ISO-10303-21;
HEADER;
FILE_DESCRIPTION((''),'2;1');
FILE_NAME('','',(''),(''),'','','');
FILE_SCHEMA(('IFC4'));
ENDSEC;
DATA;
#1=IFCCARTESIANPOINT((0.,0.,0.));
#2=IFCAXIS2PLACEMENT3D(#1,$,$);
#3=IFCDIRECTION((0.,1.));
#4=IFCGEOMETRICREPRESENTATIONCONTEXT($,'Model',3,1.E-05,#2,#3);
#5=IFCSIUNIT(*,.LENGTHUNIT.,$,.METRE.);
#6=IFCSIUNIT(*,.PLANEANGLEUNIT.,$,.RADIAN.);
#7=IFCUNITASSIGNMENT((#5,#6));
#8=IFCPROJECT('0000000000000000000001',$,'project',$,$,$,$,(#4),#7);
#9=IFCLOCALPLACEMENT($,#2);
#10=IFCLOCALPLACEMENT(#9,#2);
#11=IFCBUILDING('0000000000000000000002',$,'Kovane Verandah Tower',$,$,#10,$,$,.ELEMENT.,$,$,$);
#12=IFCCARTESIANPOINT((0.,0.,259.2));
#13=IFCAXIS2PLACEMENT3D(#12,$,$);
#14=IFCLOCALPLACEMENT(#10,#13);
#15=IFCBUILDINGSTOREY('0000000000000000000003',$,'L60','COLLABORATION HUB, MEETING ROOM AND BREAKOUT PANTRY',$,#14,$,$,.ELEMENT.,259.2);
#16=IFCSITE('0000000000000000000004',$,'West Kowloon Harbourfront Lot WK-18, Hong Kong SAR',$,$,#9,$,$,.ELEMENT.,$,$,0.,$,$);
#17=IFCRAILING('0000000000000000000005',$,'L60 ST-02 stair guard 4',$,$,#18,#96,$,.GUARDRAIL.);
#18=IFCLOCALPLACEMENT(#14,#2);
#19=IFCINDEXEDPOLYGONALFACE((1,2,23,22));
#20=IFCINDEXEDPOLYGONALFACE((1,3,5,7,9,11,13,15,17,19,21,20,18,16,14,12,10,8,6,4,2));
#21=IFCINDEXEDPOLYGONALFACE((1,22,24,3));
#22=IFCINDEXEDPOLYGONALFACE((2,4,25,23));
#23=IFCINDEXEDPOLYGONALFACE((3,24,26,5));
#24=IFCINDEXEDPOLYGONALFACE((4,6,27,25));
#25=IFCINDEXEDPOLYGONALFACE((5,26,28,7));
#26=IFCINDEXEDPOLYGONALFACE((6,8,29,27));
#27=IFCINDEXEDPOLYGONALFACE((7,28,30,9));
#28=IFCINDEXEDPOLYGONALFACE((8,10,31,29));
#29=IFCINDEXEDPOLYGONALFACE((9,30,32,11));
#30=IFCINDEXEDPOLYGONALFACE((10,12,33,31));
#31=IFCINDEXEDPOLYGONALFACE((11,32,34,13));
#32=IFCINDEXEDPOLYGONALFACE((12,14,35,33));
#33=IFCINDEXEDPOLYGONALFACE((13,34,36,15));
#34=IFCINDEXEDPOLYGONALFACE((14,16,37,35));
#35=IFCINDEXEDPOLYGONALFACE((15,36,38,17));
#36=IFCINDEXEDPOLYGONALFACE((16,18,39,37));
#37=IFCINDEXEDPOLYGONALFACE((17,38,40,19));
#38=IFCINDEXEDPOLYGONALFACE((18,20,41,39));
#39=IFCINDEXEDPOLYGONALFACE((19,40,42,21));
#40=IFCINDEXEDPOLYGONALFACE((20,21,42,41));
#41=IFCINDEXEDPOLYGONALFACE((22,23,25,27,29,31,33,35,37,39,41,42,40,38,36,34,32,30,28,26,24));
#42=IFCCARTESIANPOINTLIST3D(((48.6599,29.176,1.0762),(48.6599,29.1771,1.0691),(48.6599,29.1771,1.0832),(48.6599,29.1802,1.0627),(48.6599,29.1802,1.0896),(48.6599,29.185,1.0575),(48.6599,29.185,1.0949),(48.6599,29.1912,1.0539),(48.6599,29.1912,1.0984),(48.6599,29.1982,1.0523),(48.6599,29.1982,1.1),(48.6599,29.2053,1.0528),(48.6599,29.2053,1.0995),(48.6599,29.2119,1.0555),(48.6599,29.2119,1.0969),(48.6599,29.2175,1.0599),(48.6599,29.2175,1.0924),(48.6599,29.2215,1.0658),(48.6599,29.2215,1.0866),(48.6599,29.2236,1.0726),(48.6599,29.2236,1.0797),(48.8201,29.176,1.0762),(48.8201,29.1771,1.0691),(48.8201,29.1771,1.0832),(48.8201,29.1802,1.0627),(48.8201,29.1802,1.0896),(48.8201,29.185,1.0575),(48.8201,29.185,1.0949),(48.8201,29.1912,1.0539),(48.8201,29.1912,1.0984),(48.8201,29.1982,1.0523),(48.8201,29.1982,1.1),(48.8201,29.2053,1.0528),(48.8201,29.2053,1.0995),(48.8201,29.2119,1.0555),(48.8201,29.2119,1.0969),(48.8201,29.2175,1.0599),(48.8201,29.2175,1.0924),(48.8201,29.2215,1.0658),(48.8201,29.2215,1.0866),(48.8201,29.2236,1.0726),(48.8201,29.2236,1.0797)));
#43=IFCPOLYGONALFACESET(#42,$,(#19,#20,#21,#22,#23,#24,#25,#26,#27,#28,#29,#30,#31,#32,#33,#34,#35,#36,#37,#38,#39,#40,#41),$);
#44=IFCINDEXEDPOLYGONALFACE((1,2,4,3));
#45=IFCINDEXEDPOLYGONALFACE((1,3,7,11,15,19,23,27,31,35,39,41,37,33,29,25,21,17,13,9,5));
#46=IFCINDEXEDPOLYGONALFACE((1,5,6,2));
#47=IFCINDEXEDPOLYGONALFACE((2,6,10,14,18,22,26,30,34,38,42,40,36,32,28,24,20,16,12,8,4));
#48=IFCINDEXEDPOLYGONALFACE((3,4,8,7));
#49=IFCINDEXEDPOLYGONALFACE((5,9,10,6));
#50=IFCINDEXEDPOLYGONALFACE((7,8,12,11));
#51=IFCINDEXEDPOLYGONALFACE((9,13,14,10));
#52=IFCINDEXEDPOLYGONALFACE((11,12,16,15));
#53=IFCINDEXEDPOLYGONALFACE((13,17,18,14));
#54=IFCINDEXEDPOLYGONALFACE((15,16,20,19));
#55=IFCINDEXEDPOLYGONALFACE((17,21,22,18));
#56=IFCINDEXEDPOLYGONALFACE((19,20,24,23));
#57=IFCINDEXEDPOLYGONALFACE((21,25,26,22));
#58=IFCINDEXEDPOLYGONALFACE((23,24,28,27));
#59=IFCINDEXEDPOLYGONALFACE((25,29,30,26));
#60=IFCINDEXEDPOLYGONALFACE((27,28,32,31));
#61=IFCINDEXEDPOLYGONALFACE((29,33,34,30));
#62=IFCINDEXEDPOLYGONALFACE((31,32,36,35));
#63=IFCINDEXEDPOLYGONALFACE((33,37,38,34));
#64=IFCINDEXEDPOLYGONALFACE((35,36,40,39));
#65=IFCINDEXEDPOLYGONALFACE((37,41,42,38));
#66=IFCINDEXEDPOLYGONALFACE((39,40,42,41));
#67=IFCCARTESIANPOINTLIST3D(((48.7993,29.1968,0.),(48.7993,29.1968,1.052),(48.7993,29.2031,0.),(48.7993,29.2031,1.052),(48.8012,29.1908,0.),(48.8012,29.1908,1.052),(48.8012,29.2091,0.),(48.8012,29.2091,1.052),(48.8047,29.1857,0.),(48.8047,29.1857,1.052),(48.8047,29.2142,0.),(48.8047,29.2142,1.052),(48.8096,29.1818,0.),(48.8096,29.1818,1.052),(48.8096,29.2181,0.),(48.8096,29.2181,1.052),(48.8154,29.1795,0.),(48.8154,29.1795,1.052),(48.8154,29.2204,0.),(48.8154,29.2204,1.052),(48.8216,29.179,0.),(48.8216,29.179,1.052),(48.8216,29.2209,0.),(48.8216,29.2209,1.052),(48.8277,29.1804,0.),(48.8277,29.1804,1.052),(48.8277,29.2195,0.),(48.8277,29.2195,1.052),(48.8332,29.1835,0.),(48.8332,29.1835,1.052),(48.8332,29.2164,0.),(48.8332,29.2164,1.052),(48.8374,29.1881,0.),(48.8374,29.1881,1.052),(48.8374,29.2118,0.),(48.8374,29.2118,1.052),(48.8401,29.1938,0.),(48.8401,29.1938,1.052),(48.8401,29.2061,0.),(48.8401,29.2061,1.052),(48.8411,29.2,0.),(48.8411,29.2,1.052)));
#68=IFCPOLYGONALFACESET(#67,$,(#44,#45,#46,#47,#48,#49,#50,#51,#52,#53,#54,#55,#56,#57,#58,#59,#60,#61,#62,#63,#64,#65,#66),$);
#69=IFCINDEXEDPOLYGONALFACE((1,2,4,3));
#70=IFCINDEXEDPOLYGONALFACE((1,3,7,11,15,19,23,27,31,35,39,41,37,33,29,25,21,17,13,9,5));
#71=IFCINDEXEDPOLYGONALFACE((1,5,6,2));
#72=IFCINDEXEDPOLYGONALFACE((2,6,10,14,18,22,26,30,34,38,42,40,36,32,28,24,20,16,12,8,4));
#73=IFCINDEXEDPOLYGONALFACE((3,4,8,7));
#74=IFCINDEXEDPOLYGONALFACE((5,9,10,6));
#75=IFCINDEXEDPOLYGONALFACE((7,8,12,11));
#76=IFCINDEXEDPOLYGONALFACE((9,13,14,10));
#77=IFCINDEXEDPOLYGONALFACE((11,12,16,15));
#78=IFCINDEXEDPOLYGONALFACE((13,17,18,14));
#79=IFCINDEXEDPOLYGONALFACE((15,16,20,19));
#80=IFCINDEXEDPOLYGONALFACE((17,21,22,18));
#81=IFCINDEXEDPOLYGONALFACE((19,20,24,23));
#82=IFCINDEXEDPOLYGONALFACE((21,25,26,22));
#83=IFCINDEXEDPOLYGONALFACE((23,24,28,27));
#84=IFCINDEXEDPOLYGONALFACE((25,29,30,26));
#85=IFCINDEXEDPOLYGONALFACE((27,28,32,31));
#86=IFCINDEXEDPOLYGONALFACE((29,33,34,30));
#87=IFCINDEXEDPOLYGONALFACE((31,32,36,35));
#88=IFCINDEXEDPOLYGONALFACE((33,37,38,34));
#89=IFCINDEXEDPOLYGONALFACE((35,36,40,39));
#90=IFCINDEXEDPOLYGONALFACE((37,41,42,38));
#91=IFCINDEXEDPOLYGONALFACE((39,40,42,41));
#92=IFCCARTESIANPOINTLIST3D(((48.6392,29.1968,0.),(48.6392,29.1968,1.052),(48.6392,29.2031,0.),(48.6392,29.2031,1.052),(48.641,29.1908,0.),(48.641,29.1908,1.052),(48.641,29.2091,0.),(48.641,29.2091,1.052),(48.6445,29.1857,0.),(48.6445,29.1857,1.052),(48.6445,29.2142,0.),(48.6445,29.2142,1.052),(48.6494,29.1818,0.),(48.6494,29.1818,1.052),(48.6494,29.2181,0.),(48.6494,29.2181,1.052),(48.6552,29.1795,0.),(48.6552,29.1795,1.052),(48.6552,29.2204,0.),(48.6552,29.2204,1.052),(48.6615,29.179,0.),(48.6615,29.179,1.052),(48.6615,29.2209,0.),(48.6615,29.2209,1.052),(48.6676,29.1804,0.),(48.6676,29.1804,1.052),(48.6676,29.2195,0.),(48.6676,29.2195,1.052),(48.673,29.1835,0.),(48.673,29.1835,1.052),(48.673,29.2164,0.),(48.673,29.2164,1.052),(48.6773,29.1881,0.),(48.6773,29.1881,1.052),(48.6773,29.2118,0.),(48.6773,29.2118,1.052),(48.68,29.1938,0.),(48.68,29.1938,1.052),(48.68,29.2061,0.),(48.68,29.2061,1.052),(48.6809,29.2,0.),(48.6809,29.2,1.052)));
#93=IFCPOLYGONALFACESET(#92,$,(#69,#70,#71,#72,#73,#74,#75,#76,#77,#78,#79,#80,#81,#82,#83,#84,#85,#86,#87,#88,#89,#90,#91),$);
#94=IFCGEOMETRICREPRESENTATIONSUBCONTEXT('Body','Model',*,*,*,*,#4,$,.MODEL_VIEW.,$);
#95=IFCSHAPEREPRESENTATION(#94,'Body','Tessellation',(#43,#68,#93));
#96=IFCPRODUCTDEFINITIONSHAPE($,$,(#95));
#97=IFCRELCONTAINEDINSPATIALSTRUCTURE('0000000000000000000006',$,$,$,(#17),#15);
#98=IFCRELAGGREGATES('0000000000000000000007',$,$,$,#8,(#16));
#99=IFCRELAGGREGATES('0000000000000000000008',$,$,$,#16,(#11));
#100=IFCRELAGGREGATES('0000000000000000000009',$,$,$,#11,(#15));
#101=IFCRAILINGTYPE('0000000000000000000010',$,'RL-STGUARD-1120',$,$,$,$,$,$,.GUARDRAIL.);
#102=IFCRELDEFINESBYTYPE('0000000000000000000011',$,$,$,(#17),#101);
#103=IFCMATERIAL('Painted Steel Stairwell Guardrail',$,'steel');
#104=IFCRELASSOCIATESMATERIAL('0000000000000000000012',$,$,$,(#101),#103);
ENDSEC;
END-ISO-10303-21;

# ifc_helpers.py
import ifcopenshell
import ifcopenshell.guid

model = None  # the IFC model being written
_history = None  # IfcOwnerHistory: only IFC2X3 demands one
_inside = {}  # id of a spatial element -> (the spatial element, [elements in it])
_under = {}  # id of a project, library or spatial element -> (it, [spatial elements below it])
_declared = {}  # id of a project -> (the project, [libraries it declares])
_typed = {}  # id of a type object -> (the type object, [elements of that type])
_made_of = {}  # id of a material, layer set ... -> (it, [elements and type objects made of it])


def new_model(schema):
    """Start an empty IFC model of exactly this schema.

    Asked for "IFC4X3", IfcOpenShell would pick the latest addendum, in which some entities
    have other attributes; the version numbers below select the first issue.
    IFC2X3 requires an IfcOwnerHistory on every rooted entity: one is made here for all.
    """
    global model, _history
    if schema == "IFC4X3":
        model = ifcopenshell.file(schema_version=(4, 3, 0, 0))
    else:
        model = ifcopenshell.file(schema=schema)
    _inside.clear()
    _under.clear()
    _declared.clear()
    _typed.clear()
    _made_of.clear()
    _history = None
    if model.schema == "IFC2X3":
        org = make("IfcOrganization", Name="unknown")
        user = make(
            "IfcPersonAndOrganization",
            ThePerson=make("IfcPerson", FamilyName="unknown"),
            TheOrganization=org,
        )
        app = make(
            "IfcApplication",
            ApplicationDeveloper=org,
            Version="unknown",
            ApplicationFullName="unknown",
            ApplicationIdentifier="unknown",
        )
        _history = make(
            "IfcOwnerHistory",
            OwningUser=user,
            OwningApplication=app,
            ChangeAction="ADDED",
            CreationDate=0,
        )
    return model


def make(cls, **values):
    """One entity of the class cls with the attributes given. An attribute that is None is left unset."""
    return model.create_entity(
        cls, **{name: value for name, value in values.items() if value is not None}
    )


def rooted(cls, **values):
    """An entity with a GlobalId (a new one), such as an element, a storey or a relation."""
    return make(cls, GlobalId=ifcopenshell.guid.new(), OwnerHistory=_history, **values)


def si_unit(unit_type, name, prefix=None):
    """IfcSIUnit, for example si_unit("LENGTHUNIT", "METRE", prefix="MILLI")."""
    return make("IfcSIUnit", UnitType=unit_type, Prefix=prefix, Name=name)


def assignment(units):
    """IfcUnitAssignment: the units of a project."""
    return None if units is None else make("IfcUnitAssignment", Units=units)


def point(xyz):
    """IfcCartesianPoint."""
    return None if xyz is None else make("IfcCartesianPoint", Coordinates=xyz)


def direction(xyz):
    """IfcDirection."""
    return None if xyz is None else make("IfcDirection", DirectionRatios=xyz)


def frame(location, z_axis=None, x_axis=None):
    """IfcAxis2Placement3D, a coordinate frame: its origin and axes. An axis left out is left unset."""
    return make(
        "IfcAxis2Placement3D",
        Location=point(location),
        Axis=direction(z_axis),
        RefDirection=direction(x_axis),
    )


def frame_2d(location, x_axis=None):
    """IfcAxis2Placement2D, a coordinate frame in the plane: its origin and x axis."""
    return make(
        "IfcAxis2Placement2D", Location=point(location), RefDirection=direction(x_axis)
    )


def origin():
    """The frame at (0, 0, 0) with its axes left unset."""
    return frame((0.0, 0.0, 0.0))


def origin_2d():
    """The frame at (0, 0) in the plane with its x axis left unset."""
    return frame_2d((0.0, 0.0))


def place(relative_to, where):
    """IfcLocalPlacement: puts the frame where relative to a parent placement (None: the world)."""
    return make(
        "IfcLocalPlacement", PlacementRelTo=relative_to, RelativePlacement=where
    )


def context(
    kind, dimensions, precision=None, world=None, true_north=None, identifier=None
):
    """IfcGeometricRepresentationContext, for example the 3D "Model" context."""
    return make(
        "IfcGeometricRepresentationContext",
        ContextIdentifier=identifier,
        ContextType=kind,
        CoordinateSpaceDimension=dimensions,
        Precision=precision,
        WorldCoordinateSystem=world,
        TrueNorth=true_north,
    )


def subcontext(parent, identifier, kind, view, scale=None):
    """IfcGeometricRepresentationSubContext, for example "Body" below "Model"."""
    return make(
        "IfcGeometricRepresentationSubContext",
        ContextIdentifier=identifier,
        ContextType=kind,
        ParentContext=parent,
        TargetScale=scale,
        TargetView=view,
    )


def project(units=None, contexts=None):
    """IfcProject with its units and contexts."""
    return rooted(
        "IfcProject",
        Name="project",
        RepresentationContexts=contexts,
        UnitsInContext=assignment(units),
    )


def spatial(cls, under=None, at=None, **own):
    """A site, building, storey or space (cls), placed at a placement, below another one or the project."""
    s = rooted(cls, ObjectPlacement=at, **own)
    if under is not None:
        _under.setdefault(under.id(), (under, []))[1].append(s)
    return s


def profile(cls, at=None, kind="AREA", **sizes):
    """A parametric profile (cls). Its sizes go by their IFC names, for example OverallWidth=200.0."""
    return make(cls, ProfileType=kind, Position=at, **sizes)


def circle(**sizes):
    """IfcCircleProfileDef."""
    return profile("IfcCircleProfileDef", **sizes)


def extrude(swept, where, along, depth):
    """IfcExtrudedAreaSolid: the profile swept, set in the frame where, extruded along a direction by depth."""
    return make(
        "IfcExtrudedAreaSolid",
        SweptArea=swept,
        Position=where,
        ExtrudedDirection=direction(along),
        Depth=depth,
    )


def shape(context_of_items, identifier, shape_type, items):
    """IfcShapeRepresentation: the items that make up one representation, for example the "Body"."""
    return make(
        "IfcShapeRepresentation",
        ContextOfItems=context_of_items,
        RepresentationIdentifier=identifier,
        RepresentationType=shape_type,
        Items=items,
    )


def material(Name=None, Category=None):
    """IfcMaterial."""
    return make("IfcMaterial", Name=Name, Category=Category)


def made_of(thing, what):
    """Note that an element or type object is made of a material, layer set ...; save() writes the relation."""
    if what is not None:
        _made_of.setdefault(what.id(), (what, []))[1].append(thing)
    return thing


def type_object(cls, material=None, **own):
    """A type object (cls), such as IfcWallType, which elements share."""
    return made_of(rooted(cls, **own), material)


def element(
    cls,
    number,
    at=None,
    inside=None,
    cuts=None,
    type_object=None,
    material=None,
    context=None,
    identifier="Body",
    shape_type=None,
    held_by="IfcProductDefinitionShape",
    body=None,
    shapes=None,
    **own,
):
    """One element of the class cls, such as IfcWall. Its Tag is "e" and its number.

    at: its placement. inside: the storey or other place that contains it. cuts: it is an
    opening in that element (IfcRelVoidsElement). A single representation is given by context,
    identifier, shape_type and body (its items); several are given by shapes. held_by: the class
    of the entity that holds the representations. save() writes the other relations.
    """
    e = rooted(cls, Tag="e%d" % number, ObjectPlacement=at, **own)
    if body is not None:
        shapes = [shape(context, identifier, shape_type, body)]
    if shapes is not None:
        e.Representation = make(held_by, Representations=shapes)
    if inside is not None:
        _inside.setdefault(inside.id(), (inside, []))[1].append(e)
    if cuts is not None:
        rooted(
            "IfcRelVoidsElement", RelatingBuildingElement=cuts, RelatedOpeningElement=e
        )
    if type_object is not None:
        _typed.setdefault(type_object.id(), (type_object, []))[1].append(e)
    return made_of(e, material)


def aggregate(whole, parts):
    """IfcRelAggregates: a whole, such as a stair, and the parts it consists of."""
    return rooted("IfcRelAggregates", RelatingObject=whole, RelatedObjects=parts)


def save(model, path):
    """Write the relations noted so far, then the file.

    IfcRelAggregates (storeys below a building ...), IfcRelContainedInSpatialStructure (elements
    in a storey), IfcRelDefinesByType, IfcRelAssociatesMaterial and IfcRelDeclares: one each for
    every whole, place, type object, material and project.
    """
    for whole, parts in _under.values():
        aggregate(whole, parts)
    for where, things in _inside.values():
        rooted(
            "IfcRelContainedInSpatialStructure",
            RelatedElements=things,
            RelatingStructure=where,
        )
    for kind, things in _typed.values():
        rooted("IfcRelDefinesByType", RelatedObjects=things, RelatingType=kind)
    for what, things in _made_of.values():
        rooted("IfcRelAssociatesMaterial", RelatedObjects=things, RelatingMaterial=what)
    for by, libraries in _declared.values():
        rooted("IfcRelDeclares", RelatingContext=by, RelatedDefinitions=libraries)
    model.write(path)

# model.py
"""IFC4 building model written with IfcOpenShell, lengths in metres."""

from ifc_helpers import new_model, si_unit, direction, frame, origin, origin_2d, place, context, subcontext, project, spatial, circle, extrude, material, type_object, element, save


model = new_model("IFC4")

# Units and contexts
model_context = context("Model", 3, precision=1e-05, world=origin(), true_north=direction((0.0, 1.0)))
body_context = subcontext(model_context, "Body", "Model", "MODEL_VIEW")
ifc_project = project(units=[si_unit("LENGTHUNIT", "METRE"), si_unit("PLANEANGLEUNIT", "RADIAN")], contexts=[model_context])

# Site, building, storey
site_placement = place(None, origin())
site = spatial("IfcSite", under=ifc_project, at=site_placement, Name="West Kowloon Harbourfront Lot WK-18, Hong Kong SAR", CompositionType="ELEMENT", RefElevation=0.0)
building_placement = place(site_placement, origin())
building = spatial("IfcBuilding", under=site, at=building_placement, Name="Kovane Verandah Tower", CompositionType="ELEMENT")
storey_placement = place(building_placement, frame((0.0, 0.0, 259.2)))
storey = spatial("IfcBuildingStorey", under=building, at=storey_placement, Name="L60", Description="COLLABORATION HUB, MEETING ROOM AND BREAKOUT PANTRY", CompositionType="ELEMENT", Elevation=259.2)

# Railing
ifc_material_1 = material(Name="Painted Steel Stairwell Guardrail", Category="steel")
railing_type_1 = type_object("IfcRailingType", Name="RL-STGUARD-1120", PredefinedType="GUARDRAIL", material=ifc_material_1)
railing_1_placement = place(storey_placement, frame((48.8201, 29.2, 0.0)))
element("IfcRailing", 1, at=railing_1_placement, inside=storey, type_object=railing_type_1, Name="L60 ST-02 stair guard 4", PredefinedType="GUARDRAIL", context=body_context, shape_type="SweptSolid", body=[
    extrude(circle(Radius=0.0239, at=origin_2d()), frame((0.0, 0.0, 1.0762), z_axis=(-1.0, 0.0, 0.0), x_axis=(0.0, -1.0, 0.0)), (0.0, 0.0, 1.0), 0.1602),
    extrude(circle(Radius=0.021, at=origin_2d()), origin(), (0.0, 0.0, 1.0), 1.052),
    extrude(circle(Radius=0.021, at=origin_2d()), frame((-0.1602, 0.0, 0.0)), (0.0, 0.0, 1.0), 1.052),
])

save(model, "model.ifc")
